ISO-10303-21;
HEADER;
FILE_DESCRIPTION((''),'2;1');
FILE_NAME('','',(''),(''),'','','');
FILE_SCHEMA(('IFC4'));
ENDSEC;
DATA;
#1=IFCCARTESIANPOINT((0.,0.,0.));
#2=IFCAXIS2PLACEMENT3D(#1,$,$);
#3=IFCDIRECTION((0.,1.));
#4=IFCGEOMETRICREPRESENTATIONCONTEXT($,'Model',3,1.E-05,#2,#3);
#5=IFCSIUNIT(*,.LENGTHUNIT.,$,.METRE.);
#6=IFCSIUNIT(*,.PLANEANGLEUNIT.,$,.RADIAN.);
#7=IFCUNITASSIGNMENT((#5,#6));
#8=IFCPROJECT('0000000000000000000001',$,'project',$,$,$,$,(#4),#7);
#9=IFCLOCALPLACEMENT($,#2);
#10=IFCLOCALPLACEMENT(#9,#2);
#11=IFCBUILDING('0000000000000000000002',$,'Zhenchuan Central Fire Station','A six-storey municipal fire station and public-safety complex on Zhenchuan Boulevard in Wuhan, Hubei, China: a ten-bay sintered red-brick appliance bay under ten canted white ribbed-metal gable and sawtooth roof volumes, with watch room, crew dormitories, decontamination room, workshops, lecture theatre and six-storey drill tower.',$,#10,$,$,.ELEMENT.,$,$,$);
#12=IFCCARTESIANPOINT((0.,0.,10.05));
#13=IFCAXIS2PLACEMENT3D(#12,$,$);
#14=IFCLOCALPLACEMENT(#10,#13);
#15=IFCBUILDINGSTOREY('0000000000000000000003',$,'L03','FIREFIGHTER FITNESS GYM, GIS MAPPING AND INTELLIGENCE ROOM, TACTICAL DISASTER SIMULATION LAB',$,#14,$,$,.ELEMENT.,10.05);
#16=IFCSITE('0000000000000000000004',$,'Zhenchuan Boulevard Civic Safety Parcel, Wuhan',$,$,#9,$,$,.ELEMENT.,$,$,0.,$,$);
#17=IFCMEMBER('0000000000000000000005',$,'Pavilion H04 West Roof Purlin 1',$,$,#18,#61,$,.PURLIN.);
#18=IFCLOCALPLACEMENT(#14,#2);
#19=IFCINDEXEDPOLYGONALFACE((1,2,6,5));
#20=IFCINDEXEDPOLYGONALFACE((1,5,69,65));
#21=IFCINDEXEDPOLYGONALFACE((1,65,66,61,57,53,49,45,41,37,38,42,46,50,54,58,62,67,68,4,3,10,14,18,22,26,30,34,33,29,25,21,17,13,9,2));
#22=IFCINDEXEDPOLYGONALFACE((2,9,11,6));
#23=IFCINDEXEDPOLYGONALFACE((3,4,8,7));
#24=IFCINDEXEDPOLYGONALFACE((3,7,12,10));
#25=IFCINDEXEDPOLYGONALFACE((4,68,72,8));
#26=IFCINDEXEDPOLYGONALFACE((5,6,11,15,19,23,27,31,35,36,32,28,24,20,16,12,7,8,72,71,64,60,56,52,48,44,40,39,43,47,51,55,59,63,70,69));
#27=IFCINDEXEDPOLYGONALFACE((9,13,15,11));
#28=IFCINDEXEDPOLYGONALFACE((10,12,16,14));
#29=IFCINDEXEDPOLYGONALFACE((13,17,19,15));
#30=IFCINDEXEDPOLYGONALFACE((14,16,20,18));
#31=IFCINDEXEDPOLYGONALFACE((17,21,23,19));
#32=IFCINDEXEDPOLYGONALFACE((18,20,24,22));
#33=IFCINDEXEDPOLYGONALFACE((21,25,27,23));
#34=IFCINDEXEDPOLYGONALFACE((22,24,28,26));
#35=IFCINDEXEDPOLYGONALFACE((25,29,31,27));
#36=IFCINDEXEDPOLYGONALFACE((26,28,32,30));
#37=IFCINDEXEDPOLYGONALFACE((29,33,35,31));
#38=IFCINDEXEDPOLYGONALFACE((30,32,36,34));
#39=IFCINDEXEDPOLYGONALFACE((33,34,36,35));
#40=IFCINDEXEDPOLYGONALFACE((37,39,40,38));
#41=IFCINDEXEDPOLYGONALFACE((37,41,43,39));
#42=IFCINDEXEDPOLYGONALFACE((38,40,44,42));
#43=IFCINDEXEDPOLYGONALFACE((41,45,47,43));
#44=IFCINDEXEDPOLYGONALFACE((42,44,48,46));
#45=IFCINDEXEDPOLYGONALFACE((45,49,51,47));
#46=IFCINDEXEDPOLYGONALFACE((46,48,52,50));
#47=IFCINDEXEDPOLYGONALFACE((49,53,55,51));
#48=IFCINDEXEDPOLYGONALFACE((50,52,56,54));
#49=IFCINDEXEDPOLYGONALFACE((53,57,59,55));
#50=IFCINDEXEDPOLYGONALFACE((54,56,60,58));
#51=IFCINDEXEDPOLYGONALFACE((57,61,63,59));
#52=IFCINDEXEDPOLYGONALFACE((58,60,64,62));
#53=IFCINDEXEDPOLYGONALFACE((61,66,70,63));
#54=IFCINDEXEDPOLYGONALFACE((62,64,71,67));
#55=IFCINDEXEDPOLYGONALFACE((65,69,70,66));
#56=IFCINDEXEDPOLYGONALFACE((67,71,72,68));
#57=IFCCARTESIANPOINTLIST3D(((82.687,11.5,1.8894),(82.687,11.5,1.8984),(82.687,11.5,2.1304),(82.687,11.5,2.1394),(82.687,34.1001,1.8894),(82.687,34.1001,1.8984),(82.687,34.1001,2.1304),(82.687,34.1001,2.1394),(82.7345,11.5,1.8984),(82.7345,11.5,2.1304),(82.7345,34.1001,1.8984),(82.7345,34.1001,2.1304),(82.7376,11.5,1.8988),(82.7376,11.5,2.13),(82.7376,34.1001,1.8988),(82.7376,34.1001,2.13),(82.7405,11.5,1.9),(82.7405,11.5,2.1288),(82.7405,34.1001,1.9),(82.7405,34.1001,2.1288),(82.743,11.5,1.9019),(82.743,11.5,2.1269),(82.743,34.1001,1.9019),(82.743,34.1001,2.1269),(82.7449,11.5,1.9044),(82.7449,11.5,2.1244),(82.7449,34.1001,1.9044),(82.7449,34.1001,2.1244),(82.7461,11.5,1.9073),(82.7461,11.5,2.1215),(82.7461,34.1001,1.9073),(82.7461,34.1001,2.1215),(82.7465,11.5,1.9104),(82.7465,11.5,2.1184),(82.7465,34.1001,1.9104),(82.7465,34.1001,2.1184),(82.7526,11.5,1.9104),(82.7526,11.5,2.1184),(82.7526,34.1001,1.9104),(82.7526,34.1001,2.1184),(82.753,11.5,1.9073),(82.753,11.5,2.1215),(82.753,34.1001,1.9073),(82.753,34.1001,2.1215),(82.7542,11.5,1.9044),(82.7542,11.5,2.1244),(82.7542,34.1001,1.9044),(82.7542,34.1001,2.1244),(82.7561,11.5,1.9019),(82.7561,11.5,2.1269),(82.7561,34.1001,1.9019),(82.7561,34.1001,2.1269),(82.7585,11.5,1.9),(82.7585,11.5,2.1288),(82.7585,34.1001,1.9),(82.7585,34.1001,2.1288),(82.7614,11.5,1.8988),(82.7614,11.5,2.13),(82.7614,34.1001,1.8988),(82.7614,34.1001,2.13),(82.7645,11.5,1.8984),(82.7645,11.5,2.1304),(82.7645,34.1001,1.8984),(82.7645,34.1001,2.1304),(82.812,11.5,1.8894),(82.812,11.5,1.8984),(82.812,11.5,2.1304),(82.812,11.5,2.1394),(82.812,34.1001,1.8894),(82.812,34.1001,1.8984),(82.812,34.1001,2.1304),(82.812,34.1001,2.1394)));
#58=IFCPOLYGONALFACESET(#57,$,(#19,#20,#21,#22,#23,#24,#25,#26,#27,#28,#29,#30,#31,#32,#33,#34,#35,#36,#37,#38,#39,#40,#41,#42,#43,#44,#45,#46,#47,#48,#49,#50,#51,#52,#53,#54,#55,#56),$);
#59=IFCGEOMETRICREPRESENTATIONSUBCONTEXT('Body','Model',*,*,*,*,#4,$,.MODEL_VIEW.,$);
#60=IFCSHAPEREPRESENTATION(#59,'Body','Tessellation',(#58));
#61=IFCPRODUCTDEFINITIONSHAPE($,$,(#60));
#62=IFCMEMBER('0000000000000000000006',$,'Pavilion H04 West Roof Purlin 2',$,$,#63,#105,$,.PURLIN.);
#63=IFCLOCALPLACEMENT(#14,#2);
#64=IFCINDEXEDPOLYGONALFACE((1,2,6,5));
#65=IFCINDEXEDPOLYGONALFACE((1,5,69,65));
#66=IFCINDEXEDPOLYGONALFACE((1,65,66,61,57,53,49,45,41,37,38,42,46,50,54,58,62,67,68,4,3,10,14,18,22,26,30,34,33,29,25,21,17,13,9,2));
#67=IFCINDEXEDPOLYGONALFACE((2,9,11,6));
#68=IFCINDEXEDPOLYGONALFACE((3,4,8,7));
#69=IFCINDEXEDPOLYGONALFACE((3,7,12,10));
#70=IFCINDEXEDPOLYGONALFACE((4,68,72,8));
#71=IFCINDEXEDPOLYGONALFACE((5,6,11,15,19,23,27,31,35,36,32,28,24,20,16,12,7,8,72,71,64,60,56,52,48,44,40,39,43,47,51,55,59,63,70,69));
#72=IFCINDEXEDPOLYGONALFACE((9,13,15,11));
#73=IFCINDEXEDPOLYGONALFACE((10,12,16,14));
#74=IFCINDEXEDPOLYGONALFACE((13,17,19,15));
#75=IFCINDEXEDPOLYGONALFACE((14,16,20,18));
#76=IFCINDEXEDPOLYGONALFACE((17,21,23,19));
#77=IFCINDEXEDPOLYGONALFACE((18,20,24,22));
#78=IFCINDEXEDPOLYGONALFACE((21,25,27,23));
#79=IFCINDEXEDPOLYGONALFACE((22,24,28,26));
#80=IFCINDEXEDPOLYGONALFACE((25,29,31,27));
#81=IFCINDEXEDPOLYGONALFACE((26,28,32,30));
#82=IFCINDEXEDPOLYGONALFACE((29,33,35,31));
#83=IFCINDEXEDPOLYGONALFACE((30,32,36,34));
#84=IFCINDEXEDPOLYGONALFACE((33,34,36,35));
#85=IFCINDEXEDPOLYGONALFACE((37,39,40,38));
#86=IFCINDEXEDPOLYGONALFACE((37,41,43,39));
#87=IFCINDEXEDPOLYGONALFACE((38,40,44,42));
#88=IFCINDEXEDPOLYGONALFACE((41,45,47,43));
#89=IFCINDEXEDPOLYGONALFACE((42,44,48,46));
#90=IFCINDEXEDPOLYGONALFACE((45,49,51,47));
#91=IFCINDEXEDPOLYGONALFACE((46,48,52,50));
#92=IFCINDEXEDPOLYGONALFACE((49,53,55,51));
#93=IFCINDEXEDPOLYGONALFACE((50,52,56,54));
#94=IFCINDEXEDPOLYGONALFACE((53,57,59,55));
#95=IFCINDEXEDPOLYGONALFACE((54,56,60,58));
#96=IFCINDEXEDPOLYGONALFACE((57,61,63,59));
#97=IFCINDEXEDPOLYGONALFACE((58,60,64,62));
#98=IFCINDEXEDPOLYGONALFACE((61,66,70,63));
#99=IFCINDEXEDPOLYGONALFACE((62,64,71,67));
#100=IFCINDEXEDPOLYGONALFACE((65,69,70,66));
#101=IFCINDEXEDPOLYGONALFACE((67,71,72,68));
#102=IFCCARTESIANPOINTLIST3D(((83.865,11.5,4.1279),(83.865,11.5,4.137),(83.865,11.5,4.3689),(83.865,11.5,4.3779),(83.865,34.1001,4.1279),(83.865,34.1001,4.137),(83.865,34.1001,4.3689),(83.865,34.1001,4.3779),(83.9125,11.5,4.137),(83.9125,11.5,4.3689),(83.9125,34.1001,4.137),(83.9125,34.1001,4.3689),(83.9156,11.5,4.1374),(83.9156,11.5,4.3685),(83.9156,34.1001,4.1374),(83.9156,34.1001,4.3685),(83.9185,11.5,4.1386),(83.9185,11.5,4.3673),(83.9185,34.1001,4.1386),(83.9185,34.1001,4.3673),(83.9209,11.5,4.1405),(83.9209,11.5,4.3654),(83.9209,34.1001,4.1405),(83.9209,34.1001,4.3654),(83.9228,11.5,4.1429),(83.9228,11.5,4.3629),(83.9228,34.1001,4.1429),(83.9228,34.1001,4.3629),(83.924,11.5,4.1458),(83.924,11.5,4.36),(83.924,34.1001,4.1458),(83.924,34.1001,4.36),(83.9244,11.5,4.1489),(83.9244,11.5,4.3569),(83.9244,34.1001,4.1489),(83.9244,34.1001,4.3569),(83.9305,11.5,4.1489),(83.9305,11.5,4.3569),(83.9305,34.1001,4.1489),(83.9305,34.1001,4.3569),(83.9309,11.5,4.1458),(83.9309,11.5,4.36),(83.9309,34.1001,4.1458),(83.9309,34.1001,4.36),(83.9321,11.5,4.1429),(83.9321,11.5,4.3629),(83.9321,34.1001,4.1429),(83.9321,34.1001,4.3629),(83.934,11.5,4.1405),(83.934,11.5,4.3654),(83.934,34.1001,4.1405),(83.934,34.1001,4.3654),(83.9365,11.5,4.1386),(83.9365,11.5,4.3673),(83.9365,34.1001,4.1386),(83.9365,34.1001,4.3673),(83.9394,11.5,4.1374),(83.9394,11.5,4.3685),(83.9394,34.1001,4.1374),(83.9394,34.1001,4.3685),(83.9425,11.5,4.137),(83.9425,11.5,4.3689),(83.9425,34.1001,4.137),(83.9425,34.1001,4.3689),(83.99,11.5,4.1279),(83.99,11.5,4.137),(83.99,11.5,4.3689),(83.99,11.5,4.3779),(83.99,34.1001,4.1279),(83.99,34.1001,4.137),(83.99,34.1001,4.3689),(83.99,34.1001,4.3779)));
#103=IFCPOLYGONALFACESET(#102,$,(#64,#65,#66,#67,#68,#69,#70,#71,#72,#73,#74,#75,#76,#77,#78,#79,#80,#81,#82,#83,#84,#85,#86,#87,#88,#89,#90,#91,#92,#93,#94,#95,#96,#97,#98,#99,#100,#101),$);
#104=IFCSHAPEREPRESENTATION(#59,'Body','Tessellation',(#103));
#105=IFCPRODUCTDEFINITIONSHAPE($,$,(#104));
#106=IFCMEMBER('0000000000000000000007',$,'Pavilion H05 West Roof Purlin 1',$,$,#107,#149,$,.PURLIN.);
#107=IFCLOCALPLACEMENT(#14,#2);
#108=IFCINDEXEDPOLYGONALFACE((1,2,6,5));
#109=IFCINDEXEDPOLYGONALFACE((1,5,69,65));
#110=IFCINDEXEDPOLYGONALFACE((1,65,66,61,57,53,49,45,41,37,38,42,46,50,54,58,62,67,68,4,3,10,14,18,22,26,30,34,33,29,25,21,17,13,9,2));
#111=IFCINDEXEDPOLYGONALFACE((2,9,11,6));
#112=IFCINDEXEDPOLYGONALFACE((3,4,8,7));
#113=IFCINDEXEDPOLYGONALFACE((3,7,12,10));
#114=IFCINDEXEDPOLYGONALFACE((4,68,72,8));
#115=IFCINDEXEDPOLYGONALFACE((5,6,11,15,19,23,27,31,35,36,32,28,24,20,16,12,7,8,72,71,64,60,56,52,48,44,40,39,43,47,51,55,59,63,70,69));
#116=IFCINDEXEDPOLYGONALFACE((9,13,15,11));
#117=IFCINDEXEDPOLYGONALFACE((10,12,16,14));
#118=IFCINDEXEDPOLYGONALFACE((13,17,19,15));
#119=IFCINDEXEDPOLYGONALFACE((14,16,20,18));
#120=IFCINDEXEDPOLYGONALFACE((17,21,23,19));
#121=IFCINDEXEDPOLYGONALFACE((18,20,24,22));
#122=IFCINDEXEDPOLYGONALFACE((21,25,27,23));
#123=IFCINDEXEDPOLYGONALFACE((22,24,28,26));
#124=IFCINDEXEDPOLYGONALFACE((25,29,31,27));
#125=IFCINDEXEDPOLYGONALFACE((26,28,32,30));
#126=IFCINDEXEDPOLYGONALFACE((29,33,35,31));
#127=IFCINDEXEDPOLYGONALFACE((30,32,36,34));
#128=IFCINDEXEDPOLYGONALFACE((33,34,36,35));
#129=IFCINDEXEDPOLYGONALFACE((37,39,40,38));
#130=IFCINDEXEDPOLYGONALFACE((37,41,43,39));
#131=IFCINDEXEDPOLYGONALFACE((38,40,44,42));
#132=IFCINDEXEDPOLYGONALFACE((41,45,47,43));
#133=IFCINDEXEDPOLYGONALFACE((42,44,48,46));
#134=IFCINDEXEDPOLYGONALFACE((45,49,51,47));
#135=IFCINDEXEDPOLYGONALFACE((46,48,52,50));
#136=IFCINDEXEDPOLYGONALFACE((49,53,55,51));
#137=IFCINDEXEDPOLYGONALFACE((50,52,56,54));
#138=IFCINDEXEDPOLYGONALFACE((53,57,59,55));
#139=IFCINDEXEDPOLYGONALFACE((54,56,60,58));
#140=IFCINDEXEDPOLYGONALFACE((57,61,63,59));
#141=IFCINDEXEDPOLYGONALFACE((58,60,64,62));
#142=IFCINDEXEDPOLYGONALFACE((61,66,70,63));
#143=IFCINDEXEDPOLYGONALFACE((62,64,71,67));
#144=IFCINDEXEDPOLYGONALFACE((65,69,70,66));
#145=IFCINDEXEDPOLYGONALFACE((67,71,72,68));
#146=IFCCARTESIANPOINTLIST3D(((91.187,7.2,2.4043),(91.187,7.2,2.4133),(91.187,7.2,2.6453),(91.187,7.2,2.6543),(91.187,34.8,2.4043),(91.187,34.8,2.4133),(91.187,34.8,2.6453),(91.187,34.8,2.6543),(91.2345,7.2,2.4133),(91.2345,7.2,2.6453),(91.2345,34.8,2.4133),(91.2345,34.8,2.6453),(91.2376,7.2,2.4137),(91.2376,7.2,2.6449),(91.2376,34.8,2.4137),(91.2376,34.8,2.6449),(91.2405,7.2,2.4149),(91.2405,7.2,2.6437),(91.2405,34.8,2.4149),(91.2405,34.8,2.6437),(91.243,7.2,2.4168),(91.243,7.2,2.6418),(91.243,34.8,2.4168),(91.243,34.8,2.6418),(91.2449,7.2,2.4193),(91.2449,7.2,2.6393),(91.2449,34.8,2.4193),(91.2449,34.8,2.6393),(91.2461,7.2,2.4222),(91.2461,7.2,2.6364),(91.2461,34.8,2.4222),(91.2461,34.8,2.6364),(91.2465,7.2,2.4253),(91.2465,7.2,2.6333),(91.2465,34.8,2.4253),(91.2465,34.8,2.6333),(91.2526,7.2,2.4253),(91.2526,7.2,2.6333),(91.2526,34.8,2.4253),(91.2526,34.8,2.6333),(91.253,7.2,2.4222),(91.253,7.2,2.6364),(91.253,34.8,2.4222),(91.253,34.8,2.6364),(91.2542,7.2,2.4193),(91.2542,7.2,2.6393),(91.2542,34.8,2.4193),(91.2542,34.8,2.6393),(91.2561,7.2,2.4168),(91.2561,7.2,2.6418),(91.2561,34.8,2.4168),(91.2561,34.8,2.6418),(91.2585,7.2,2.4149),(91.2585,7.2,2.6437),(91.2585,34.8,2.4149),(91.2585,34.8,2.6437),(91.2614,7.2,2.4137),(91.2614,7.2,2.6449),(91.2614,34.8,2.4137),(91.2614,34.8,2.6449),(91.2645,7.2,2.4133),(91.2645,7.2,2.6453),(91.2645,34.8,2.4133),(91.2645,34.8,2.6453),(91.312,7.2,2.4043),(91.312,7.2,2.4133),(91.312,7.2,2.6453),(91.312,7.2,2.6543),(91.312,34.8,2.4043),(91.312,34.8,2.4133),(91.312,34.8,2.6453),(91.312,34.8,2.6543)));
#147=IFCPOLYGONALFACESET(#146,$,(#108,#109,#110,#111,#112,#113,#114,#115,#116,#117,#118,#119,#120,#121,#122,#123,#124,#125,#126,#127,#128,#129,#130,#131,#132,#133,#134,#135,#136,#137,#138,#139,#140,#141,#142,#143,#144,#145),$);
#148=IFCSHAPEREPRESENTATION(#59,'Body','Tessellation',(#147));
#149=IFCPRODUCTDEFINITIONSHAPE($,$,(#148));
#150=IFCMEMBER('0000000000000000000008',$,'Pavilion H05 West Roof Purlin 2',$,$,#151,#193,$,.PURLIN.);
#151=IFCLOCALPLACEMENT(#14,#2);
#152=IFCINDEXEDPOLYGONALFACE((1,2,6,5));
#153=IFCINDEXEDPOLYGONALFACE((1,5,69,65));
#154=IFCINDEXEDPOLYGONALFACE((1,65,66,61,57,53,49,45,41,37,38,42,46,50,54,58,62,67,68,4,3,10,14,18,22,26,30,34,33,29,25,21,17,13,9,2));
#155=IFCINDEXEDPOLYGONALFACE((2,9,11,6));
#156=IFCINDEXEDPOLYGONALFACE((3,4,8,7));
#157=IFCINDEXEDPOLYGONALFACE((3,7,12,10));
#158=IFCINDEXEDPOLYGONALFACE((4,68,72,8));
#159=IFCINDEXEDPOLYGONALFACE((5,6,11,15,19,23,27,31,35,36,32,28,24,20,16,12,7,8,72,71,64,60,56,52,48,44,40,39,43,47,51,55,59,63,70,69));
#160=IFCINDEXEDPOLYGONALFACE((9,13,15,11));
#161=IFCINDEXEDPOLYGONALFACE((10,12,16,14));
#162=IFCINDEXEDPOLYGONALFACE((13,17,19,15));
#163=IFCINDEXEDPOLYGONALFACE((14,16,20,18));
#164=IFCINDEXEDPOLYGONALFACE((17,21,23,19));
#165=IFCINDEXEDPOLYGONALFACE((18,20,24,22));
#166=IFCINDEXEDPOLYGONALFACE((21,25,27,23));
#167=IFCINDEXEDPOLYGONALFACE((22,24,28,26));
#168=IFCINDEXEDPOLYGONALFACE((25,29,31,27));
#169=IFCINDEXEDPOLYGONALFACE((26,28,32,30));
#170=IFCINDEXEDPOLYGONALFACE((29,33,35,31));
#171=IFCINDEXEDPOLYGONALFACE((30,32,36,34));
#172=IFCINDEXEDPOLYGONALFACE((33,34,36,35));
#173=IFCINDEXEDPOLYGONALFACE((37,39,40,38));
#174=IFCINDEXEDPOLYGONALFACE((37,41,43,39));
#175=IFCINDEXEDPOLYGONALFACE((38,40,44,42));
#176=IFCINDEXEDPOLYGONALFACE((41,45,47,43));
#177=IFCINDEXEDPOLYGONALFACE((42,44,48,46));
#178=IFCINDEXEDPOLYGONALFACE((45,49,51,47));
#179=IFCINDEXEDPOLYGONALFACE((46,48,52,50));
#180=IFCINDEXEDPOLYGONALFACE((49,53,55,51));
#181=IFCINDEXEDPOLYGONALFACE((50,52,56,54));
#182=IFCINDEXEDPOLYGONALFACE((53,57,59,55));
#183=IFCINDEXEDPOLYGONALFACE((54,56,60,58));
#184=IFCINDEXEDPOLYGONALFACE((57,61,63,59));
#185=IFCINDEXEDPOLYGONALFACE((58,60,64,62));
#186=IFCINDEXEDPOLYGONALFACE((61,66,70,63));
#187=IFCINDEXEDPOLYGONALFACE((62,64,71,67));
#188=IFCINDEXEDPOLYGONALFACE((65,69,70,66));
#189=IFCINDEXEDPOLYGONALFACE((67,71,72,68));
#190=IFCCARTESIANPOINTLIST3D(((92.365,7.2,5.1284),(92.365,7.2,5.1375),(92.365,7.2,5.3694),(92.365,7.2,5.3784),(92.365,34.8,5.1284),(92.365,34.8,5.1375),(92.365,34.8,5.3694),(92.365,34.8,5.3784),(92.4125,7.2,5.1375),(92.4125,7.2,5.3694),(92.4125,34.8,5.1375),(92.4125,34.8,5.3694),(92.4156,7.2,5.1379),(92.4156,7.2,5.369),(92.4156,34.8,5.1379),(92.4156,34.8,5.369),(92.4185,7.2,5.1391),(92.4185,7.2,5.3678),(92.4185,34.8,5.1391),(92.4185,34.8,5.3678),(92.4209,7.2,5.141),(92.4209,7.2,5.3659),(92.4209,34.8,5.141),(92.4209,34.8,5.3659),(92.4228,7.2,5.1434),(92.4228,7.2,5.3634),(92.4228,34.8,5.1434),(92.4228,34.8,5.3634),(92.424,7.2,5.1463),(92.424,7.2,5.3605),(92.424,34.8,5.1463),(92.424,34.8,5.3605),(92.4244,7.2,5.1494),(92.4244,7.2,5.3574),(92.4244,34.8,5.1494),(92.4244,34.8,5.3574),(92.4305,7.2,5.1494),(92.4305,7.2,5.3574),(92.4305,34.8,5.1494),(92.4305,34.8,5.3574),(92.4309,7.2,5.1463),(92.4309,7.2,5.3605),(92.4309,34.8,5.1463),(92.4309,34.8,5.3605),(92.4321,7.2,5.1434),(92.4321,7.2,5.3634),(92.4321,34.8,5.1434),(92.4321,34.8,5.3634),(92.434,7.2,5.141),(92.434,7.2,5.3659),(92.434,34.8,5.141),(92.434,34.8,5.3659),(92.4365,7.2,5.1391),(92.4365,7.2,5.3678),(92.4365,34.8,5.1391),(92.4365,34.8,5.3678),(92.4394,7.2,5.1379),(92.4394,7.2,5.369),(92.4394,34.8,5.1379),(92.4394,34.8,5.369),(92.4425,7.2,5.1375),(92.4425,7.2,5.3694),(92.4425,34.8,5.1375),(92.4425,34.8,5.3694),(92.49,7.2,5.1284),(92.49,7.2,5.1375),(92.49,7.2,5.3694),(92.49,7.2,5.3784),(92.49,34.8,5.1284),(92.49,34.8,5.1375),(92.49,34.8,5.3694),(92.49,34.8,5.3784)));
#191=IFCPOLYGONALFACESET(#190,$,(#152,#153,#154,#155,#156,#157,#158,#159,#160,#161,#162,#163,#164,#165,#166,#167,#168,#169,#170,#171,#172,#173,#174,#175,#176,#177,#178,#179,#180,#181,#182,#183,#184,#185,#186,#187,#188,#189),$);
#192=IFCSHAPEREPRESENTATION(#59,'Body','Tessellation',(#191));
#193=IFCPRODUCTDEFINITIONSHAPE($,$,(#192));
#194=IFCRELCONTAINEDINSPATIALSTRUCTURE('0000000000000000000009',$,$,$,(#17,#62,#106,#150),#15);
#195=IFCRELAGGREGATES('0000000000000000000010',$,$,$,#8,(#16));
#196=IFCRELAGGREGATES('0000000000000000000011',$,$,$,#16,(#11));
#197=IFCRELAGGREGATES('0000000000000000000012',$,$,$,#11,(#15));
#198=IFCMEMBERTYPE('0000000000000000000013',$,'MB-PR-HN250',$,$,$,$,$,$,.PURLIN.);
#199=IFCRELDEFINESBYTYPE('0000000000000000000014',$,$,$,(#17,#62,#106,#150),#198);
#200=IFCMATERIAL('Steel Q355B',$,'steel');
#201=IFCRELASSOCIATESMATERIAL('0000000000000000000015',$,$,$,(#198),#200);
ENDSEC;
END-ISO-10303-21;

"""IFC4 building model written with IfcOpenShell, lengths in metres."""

from ifc_helpers import new_model, si_unit, direction, frame, origin, origin_2d, place, context, subcontext, project, spatial, i_section, extrude, material, material_profile, profile_set, type_object, element, save


model = new_model("IFC4")

# Units and contexts
model_context = context("Model", 3, precision=1e-05, world=origin(), true_north=direction((0.0, 1.0)))
body_context = subcontext(model_context, "Body", "Model", "MODEL_VIEW")
ifc_project = project(units=[si_unit("LENGTHUNIT", "METRE"), si_unit("PLANEANGLEUNIT", "RADIAN")], contexts=[model_context])

# Site, building, storey
site_placement = place(None, origin())
site = spatial("IfcSite", under=ifc_project, at=site_placement, Name="Zhenchuan Boulevard Civic Safety Parcel, Wuhan", CompositionType="ELEMENT", RefElevation=0.0)
building_placement = place(site_placement, origin())
building = spatial("IfcBuilding", under=site, at=building_placement, Name="Zhenchuan Central Fire Station", Description="A six-storey municipal fire station and public-safety complex on Zhenchuan Boulevard in Wuhan, Hubei, China: a ten-bay sintered red-brick appliance bay under ten canted white ribbed-metal gable and sawtooth roof volumes, with watch room, crew dormitories, decontamination room, workshops, lecture theatre and six-storey drill tower.", CompositionType="ELEMENT")
storey_placement = place(building_placement, frame((0.0, 0.0, 10.05)))
storey = spatial("IfcBuildingStorey", under=building, at=storey_placement, Name="L03", Description="FIREFIGHTER FITNESS GYM, GIS MAPPING AND INTELLIGENCE ROOM, TACTICAL DISASTER SIMULATION LAB", CompositionType="ELEMENT", Elevation=10.05)

# Members
ifc_material_1 = material(Name="Steel Q355B", Category="steel")
ifc_material_profile_1 = material_profile(ifc_material_1, i_section(OverallWidth=0.125, OverallDepth=0.25, WebThickness=0.0061, FlangeThickness=0.009, FilletRadius=0.012, at=origin_2d()), Name="HN 250x125")
ifc_profile_set_1 = profile_set([ifc_material_profile_1], Name="Steel Q355B")
member_type_1 = type_object("IfcMemberType", Name="MB-PR-HN250", PredefinedType="PURLIN", material=ifc_profile_set_1)
for number, where, z_axis, x_axis, name in (
    (1, (82.7495, 11.5, 2.0144), (0.0, 1.0, 0.0), (-1.0, 0.0, 0.0), "Pavilion H04 West Roof Purlin 1"),
    (2, (83.9275, 11.5, 4.2529), (0.0, 1.0, 0.0), (-1.0, 0.0, 0.0), "Pavilion H04 West Roof Purlin 2"),
):
    element("IfcMember", number, at=place(storey_placement, frame(where, z_axis=z_axis, x_axis=x_axis)), inside=storey, type_object=member_type_1, Name=name, PredefinedType="PURLIN", context=body_context, shape_type="SweptSolid", body=[
        extrude(i_section(OverallWidth=0.125, OverallDepth=0.25, WebThickness=0.0061, FlangeThickness=0.009, FilletRadius=0.012, at=origin_2d()), origin(), (0.0, 0.0, 1.0), 22.6001),
    ])
for number, where, z_axis, x_axis, name in (
    (3, (91.2495, 7.2, 2.5293), (0.0, 1.0, 0.0), (-1.0, 0.0, 0.0), "Pavilion H05 West Roof Purlin 1"),
    (4, (92.4275, 7.2, 5.2534), (0.0, 1.0, 0.0), (-1.0, 0.0, 0.0), "Pavilion H05 West Roof Purlin 2"),
):
    element("IfcMember", number, at=place(storey_placement, frame(where, z_axis=z_axis, x_axis=x_axis)), inside=storey, type_object=member_type_1, Name=name, PredefinedType="PURLIN", context=body_context, shape_type="SweptSolid", body=[
        extrude(i_section(OverallWidth=0.125, OverallDepth=0.25, WebThickness=0.0061, FlangeThickness=0.009, FilletRadius=0.012, at=origin_2d()), origin(), (0.0, 0.0, 1.0), 27.6001),
    ])

save(model, "model.ifc")
